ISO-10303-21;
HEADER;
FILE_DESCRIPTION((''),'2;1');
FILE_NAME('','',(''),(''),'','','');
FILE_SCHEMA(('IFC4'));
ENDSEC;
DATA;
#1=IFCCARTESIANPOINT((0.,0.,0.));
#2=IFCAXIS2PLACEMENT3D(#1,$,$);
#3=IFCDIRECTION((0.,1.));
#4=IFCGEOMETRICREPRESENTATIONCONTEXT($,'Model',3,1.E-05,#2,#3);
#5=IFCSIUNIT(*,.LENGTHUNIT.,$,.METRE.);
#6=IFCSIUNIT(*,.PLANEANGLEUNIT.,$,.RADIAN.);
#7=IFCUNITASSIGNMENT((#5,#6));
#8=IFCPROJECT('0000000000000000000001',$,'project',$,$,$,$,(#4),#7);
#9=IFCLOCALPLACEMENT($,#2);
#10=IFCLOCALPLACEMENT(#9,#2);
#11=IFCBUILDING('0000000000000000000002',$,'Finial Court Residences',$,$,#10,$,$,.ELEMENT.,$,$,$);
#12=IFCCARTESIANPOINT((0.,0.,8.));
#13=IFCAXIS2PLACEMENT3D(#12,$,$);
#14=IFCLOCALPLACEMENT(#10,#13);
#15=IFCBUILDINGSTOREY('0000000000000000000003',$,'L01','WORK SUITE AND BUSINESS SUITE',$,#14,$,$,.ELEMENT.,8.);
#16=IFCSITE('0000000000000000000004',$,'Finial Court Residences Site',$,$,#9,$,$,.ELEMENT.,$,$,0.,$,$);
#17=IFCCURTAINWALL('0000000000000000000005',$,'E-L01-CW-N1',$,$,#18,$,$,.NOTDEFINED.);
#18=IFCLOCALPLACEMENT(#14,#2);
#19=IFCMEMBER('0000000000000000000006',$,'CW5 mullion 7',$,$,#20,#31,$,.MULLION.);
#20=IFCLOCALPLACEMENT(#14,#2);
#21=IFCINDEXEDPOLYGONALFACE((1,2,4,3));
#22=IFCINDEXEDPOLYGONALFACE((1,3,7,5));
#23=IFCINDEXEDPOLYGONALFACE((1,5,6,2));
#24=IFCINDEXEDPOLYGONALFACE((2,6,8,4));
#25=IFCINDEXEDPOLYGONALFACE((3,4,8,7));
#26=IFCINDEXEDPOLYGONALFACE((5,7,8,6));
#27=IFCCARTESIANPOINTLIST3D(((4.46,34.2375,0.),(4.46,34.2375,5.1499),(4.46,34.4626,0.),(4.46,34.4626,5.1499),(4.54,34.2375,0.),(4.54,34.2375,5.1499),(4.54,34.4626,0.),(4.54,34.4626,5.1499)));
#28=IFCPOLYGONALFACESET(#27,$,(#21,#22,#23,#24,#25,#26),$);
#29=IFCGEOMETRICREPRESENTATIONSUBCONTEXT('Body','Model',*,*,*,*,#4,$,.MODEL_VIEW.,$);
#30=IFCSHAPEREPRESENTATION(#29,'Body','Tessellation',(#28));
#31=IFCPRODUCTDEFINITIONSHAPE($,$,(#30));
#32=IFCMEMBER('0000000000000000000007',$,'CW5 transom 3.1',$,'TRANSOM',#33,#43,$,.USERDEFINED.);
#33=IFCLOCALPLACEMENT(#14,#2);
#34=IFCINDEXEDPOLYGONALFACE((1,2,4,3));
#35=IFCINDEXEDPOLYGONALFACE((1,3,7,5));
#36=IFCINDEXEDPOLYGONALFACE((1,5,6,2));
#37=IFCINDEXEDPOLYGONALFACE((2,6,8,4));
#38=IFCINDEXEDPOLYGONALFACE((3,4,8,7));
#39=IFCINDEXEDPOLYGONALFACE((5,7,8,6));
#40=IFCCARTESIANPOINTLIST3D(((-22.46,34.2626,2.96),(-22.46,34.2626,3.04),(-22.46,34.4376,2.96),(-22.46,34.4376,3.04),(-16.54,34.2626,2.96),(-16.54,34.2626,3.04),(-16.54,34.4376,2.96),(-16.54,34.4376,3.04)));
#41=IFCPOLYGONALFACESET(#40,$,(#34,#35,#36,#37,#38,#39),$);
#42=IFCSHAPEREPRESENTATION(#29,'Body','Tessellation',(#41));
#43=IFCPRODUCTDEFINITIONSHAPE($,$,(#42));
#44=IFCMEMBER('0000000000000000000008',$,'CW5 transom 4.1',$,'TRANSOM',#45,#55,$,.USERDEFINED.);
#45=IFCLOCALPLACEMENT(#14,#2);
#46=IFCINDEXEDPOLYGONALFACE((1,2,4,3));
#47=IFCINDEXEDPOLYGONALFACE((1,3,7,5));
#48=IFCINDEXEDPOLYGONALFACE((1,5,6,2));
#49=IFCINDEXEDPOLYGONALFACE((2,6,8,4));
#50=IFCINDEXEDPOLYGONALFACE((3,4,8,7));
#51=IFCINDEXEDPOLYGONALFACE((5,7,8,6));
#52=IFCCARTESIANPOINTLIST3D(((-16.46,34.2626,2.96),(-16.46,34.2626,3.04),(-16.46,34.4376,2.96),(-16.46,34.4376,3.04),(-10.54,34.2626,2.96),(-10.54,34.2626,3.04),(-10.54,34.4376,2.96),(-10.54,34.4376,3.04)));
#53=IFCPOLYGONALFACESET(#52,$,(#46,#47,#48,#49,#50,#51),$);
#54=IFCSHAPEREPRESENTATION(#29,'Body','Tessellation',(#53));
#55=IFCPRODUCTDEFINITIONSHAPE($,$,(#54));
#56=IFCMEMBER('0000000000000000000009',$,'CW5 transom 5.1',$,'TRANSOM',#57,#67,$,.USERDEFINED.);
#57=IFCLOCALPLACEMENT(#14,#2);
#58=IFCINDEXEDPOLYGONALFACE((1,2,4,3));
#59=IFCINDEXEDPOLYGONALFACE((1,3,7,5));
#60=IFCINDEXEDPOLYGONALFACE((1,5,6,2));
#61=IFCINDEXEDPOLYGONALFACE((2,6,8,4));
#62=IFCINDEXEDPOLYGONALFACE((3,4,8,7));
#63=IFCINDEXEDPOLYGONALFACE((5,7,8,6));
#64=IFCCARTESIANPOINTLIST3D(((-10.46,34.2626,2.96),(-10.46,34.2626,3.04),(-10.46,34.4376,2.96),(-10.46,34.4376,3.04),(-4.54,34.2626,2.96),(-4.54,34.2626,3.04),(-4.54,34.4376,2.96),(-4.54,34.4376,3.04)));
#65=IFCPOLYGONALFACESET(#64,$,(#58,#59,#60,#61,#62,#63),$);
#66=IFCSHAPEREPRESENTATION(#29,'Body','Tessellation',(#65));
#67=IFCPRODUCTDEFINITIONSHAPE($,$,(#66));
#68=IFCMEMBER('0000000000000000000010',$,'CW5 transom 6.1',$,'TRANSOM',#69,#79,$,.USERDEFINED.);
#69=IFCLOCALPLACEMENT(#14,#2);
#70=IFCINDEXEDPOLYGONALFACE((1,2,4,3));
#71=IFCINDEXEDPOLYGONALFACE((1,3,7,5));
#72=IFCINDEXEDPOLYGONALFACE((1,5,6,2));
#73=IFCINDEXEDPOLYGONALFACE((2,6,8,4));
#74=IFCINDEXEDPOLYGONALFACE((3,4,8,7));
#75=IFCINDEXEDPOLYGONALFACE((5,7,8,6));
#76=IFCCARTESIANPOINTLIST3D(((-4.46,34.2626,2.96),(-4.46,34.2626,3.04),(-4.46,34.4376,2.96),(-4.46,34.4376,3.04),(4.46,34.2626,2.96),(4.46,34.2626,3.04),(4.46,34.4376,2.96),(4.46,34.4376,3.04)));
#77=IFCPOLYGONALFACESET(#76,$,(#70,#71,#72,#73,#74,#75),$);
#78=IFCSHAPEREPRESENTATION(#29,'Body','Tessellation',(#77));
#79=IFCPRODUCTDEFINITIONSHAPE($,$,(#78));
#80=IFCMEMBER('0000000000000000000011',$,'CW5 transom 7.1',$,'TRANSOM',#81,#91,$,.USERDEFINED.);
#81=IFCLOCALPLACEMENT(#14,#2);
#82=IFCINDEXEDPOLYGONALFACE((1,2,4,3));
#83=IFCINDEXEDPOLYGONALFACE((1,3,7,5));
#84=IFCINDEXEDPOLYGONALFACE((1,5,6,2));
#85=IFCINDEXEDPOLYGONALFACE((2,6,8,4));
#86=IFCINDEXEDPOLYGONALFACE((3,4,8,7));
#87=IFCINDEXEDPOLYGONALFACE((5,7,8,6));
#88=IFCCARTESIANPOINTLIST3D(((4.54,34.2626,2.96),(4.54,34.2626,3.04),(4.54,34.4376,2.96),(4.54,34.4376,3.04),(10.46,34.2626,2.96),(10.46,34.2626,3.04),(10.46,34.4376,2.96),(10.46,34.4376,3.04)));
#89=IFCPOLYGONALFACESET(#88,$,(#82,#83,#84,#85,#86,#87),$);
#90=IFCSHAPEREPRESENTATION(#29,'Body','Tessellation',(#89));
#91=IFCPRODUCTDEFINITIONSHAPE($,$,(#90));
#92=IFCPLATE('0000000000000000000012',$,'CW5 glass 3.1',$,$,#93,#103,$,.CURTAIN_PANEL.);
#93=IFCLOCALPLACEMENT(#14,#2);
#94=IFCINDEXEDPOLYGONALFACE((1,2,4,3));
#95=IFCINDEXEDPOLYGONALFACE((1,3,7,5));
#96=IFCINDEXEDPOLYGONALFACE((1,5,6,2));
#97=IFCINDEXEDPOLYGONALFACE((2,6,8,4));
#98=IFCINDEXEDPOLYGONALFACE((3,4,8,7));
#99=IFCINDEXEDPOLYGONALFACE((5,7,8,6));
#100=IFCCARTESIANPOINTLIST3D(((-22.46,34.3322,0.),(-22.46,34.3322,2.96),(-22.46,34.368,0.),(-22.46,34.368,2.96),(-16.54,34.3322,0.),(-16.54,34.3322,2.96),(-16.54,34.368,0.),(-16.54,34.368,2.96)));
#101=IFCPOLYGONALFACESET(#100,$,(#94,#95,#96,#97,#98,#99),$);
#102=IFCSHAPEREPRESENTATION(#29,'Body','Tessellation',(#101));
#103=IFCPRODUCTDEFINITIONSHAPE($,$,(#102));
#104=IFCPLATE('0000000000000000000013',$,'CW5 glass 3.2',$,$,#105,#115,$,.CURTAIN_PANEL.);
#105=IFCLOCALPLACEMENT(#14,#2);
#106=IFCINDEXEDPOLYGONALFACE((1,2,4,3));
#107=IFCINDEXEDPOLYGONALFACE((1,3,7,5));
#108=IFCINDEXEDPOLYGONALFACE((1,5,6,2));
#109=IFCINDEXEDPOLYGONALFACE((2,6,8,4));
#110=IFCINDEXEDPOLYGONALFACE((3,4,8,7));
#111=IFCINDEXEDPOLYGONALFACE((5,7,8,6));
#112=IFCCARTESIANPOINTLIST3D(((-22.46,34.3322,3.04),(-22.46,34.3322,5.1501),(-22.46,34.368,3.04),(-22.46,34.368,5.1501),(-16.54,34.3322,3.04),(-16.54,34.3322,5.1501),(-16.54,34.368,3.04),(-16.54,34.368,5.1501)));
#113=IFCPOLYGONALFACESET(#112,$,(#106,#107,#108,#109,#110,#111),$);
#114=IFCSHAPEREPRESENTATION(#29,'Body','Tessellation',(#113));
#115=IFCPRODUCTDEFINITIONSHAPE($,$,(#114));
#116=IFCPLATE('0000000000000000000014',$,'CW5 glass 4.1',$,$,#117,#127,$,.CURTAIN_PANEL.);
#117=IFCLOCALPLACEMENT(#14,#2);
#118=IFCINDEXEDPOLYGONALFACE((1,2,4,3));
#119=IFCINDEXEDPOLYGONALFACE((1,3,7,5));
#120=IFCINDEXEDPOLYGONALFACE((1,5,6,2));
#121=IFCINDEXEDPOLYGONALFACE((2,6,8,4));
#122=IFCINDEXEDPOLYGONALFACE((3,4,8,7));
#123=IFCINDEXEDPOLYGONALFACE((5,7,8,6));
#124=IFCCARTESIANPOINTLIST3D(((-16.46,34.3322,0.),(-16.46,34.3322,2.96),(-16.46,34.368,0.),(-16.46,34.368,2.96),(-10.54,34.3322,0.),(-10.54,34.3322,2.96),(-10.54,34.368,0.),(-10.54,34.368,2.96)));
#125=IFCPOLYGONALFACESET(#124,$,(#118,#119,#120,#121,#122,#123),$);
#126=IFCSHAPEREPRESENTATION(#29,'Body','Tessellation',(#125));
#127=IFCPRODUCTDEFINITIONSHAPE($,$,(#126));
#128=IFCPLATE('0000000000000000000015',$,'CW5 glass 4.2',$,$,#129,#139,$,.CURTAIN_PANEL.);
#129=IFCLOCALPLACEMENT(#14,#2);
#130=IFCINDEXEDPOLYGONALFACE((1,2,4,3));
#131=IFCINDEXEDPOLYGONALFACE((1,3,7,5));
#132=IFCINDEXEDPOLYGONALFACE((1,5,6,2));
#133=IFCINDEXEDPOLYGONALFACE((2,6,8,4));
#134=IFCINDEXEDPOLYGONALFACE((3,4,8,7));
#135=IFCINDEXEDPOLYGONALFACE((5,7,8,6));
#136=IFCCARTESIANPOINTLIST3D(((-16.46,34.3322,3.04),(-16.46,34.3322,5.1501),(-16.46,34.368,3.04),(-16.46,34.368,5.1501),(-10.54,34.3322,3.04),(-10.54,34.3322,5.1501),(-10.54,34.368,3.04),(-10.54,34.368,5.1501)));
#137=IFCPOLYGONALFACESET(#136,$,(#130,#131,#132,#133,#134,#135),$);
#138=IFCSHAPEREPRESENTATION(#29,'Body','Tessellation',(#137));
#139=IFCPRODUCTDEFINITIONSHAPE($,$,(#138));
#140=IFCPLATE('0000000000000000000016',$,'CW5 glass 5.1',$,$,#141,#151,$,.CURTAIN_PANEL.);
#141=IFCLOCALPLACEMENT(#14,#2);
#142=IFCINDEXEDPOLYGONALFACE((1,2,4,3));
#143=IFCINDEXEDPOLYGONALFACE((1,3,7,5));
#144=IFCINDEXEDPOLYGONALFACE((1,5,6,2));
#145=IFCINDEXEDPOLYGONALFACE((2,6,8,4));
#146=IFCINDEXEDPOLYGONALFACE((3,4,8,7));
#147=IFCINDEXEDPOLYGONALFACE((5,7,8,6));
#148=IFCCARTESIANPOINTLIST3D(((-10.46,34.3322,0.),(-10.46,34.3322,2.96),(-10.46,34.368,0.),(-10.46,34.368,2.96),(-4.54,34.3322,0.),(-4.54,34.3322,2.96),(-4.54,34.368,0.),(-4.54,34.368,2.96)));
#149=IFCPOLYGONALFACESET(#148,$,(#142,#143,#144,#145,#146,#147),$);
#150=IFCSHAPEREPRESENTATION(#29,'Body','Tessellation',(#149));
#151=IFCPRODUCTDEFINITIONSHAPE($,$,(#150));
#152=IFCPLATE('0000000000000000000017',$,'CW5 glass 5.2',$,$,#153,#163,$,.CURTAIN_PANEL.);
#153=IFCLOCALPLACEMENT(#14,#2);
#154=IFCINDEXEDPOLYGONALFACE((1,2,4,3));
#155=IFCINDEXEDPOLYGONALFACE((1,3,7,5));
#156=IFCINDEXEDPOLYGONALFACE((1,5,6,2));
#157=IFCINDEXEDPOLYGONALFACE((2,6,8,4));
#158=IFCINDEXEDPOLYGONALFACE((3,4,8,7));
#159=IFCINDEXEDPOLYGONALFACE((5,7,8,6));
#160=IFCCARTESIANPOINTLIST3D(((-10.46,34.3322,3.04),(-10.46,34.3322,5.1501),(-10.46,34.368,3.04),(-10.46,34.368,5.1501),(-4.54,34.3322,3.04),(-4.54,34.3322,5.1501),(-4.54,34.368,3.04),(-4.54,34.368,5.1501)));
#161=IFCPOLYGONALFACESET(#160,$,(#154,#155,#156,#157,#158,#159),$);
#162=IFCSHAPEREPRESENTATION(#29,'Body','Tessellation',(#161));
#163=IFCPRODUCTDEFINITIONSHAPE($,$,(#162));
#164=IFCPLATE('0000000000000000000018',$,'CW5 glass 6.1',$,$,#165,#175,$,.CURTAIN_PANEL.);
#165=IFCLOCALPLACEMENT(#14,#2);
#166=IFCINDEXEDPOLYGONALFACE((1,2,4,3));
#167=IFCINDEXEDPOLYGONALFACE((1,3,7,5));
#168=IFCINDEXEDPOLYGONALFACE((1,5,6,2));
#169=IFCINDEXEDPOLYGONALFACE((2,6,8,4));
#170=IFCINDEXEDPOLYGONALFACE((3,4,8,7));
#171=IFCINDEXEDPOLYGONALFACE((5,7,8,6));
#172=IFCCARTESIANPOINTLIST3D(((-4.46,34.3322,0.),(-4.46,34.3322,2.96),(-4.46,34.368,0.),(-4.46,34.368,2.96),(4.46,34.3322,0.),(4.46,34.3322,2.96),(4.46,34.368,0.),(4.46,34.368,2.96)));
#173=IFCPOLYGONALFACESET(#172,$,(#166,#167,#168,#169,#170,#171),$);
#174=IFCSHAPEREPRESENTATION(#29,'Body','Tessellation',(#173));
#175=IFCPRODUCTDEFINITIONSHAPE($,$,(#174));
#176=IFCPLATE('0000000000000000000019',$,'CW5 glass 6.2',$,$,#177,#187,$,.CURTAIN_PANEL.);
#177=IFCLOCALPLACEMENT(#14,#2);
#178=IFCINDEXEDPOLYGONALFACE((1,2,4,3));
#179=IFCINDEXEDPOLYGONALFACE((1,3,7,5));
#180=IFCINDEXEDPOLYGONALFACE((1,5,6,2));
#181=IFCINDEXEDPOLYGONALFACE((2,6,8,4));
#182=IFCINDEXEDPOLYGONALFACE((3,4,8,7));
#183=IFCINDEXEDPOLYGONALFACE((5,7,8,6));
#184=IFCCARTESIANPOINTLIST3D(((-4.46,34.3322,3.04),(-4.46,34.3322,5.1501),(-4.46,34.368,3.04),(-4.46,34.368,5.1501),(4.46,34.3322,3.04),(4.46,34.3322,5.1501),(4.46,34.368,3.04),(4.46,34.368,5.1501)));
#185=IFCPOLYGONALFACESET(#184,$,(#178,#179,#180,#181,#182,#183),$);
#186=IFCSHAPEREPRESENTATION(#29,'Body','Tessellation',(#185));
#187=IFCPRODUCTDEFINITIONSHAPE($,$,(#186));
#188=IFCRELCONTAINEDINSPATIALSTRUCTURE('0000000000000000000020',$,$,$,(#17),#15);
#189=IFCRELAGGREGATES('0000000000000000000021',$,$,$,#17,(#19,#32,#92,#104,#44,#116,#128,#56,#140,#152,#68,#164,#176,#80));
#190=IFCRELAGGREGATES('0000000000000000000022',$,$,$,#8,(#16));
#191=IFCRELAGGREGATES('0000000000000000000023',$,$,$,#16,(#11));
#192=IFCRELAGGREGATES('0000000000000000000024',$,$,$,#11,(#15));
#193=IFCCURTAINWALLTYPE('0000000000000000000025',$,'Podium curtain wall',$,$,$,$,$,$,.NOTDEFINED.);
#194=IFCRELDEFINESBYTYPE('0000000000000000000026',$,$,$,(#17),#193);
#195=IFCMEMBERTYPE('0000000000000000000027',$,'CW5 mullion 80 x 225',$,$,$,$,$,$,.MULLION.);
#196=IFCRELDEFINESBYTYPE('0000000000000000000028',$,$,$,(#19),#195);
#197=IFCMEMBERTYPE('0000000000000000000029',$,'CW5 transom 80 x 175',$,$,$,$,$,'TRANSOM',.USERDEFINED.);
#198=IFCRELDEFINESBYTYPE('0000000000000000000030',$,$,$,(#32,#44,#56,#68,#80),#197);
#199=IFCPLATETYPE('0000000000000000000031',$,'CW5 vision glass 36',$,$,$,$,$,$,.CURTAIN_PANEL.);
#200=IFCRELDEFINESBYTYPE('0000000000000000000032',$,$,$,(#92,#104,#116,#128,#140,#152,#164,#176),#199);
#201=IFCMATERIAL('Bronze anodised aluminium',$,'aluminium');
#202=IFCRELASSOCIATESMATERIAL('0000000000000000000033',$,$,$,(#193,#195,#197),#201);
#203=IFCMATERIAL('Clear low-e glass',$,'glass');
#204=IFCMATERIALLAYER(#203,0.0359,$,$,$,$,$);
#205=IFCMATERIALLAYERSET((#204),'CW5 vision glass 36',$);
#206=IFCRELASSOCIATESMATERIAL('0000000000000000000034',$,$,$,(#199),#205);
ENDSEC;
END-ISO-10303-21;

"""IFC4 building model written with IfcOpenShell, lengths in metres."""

from ifc_helpers import new_model, si_unit, direction, frame, origin, origin_2d, place, context, subcontext, project, spatial, rectangle, extrude, material, layer, layer_set, material_profile, profile_set, type_object, element, aggregate, save


model = new_model("IFC4")

# Units and contexts
model_context = context("Model", 3, precision=1e-05, world=origin(), true_north=direction((0.0, 1.0)))
body_context = subcontext(model_context, "Body", "Model", "MODEL_VIEW")
ifc_project = project(units=[si_unit("LENGTHUNIT", "METRE"), si_unit("PLANEANGLEUNIT", "RADIAN")], contexts=[model_context])

# Site, building, storey
site_placement = place(None, origin())
site = spatial("IfcSite", under=ifc_project, at=site_placement, Name="Finial Court Residences Site", CompositionType="ELEMENT", RefElevation=0.0)
building_placement = place(site_placement, origin())
building = spatial("IfcBuilding", under=site, at=building_placement, Name="Finial Court Residences", CompositionType="ELEMENT")
storey_placement = place(building_placement, frame((0.0, 0.0, 8.0)))
storey = spatial("IfcBuildingStorey", under=building, at=storey_placement, Name="L01", Description="WORK SUITE AND BUSINESS SUITE", CompositionType="ELEMENT", Elevation=8.0)

# Curtain wall, members, plates
ifc_material_1 = material(Name="Bronze anodised aluminium", Category="aluminium")
curtain_wall_type = type_object("IfcCurtainWallType", Name="Podium curtain wall", PredefinedType="NOTDEFINED", material=ifc_material_1)
curtain_wall_placement = place(storey_placement, origin())
curtain_wall = element("IfcCurtainWall", 1, at=curtain_wall_placement, inside=storey, type_object=curtain_wall_type, Name="E-L01-CW-N1", PredefinedType="NOTDEFINED")
ifc_material_profile_1 = material_profile(ifc_material_1, rectangle(XDim=0.2251, YDim=0.0801, at=origin_2d()), Name="CW5 mullion 80 x 225")
ifc_profile_set_1 = profile_set([ifc_material_profile_1], Name="Bronze anodised aluminium")
member_type_1 = type_object("IfcMemberType", Name="CW5 mullion 80 x 225", PredefinedType="MULLION", material=ifc_profile_set_1)
member_1_placement = place(storey_placement, frame((4.5, 34.3501, 0.0), z_axis=(0.0, 0.0, 1.0), x_axis=(0.0, 1.0, 0.0)))
member_1 = element("IfcMember", 2, at=member_1_placement, type_object=member_type_1, Name="CW5 mullion 7", PredefinedType="MULLION", context=body_context, shape_type="SweptSolid", body=[
    extrude(rectangle(XDim=0.2251, YDim=0.0801, at=origin_2d()), origin(), (0.0, 0.0, 1.0), 5.1499),
])
ifc_material_profile_2 = material_profile(ifc_material_1, rectangle(XDim=0.175, YDim=0.0801, at=origin_2d()), Name="CW5 transom 80 x 175")
ifc_profile_set_2 = profile_set([ifc_material_profile_2], Name="Bronze anodised aluminium")
member_type_2 = type_object("IfcMemberType", Name="CW5 transom 80 x 175", ElementType="TRANSOM", PredefinedType="USERDEFINED", material=ifc_profile_set_2)
member_2_placement = place(storey_placement, frame((-22.46, 34.3501, 3.0), z_axis=(1.0, 0.0, 0.0), x_axis=(0.0, 1.0, 0.0)))
member_2 = element("IfcMember", 3, at=member_2_placement, type_object=member_type_2, Name="CW5 transom 3.1", ObjectType="TRANSOM", PredefinedType="USERDEFINED", context=body_context, shape_type="SweptSolid", body=[
    extrude(rectangle(XDim=0.175, YDim=0.0801, at=origin_2d()), origin(), (0.0, 0.0, 1.0), 5.9199),
])
member_3_placement = place(storey_placement, frame((-16.46, 34.3501, 3.0), z_axis=(1.0, 0.0, 0.0), x_axis=(0.0, 1.0, 0.0)))
member_3 = element("IfcMember", 4, at=member_3_placement, type_object=member_type_2, Name="CW5 transom 4.1", ObjectType="TRANSOM", PredefinedType="USERDEFINED", context=body_context, shape_type="SweptSolid", body=[
    extrude(rectangle(XDim=0.175, YDim=0.0801, at=origin_2d()), origin(), (0.0, 0.0, 1.0), 5.9199),
])
member_4_placement = place(storey_placement, frame((-10.46, 34.3501, 3.0), z_axis=(1.0, 0.0, 0.0), x_axis=(0.0, 1.0, 0.0)))
member_4 = element("IfcMember", 5, at=member_4_placement, type_object=member_type_2, Name="CW5 transom 5.1", ObjectType="TRANSOM", PredefinedType="USERDEFINED", context=body_context, shape_type="SweptSolid", body=[
    extrude(rectangle(XDim=0.175, YDim=0.0801, at=origin_2d()), origin(), (0.0, 0.0, 1.0), 5.9199),
])
member_5_placement = place(storey_placement, frame((-4.46, 34.3501, 3.0), z_axis=(1.0, 0.0, 0.0), x_axis=(0.0, 1.0, 0.0)))
member_5 = element("IfcMember", 6, at=member_5_placement, type_object=member_type_2, Name="CW5 transom 6.1", ObjectType="TRANSOM", PredefinedType="USERDEFINED", context=body_context, shape_type="SweptSolid", body=[
    extrude(rectangle(XDim=0.175, YDim=0.0801, at=origin_2d()), origin(), (0.0, 0.0, 1.0), 8.9199),
])
member_6_placement = place(storey_placement, frame((4.54, 34.3501, 3.0), z_axis=(1.0, 0.0, 0.0), x_axis=(0.0, 1.0, 0.0)))
member_6 = element("IfcMember", 7, at=member_6_placement, type_object=member_type_2, Name="CW5 transom 7.1", ObjectType="TRANSOM", PredefinedType="USERDEFINED", context=body_context, shape_type="SweptSolid", body=[
    extrude(rectangle(XDim=0.175, YDim=0.0801, at=origin_2d()), origin(), (0.0, 0.0, 1.0), 5.9199),
])
ifc_material_2 = material(Name="Clear low-e glass", Category="glass")
ifc_layer = layer(ifc_material_2, 0.0359)
ifc_layer_set = layer_set([ifc_layer], Name="CW5 vision glass 36")
plate_type = type_object("IfcPlateType", Name="CW5 vision glass 36", PredefinedType="CURTAIN_PANEL", material=ifc_layer_set)
plate_1_placement = place(storey_placement, frame((-19.5, 34.3501, 0.0), z_axis=(0.0, 0.0, 1.0), x_axis=(1.0, 0.0, 0.0)))
plate_1 = element("IfcPlate", 8, at=plate_1_placement, type_object=plate_type, Name="CW5 glass 3.1", PredefinedType="CURTAIN_PANEL", context=body_context, shape_type="SweptSolid", body=[
    extrude(rectangle(XDim=5.9199, YDim=0.0359, at=origin_2d()), origin(), (0.0, 0.0, 1.0), 2.96),
])
plate_2_placement = place(storey_placement, frame((-19.5, 34.3501, 3.04), z_axis=(0.0, 0.0, 1.0), x_axis=(1.0, 0.0, 0.0)))
plate_2 = element("IfcPlate", 9, at=plate_2_placement, type_object=plate_type, Name="CW5 glass 3.2", PredefinedType="CURTAIN_PANEL", context=body_context, shape_type="SweptSolid", body=[
    extrude(rectangle(XDim=5.9199, YDim=0.0359, at=origin_2d()), origin(), (0.0, 0.0, 1.0), 2.1101),
])
plate_3_placement = place(storey_placement, frame((-13.5, 34.3501, 0.0), z_axis=(0.0, 0.0, 1.0), x_axis=(1.0, 0.0, 0.0)))
plate_3 = element("IfcPlate", 10, at=plate_3_placement, type_object=plate_type, Name="CW5 glass 4.1", PredefinedType="CURTAIN_PANEL", context=body_context, shape_type="SweptSolid", body=[
    extrude(rectangle(XDim=5.9199, YDim=0.0359, at=origin_2d()), origin(), (0.0, 0.0, 1.0), 2.96),
])
plate_4_placement = place(storey_placement, frame((-13.5, 34.3501, 3.04), z_axis=(0.0, 0.0, 1.0), x_axis=(1.0, 0.0, 0.0)))
plate_4 = element("IfcPlate", 11, at=plate_4_placement, type_object=plate_type, Name="CW5 glass 4.2", PredefinedType="CURTAIN_PANEL", context=body_context, shape_type="SweptSolid", body=[
    extrude(rectangle(XDim=5.9199, YDim=0.0359, at=origin_2d()), origin(), (0.0, 0.0, 1.0), 2.1101),
])
plate_5_placement = place(storey_placement, frame((-7.5, 34.3501, 0.0), z_axis=(0.0, 0.0, 1.0), x_axis=(1.0, 0.0, 0.0)))
plate_5 = element("IfcPlate", 12, at=plate_5_placement, type_object=plate_type, Name="CW5 glass 5.1", PredefinedType="CURTAIN_PANEL", context=body_context, shape_type="SweptSolid", body=[
    extrude(rectangle(XDim=5.9199, YDim=0.0359, at=origin_2d()), origin(), (0.0, 0.0, 1.0), 2.96),
])
plate_6_placement = place(storey_placement, frame((-7.5, 34.3501, 3.04), z_axis=(0.0, 0.0, 1.0), x_axis=(1.0, 0.0, 0.0)))
plate_6 = element("IfcPlate", 13, at=plate_6_placement, type_object=plate_type, Name="CW5 glass 5.2", PredefinedType="CURTAIN_PANEL", context=body_context, shape_type="SweptSolid", body=[
    extrude(rectangle(XDim=5.9199, YDim=0.0359, at=origin_2d()), origin(), (0.0, 0.0, 1.0), 2.1101),
])
plate_7_placement = place(storey_placement, frame((0.0, 34.3501, 0.0), z_axis=(0.0, 0.0, 1.0), x_axis=(1.0, 0.0, 0.0)))
plate_7 = element("IfcPlate", 14, at=plate_7_placement, type_object=plate_type, Name="CW5 glass 6.1", PredefinedType="CURTAIN_PANEL", context=body_context, shape_type="SweptSolid", body=[
    extrude(rectangle(XDim=8.9199, YDim=0.0359, at=origin_2d()), origin(), (0.0, 0.0, 1.0), 2.96),
])
plate_8_placement = place(storey_placement, frame((0.0, 34.3501, 3.04), z_axis=(0.0, 0.0, 1.0), x_axis=(1.0, 0.0, 0.0)))
plate_8 = element("IfcPlate", 15, at=plate_8_placement, type_object=plate_type, Name="CW5 glass 6.2", PredefinedType="CURTAIN_PANEL", context=body_context, shape_type="SweptSolid", body=[
    extrude(rectangle(XDim=8.9199, YDim=0.0359, at=origin_2d()), origin(), (0.0, 0.0, 1.0), 2.1101),
])
aggregate(curtain_wall, [member_1, member_2, plate_1, plate_2, member_3, plate_3, plate_4, member_4, plate_5, plate_6, member_5, plate_7, plate_8, member_6])

save(model, "model.ifc")
